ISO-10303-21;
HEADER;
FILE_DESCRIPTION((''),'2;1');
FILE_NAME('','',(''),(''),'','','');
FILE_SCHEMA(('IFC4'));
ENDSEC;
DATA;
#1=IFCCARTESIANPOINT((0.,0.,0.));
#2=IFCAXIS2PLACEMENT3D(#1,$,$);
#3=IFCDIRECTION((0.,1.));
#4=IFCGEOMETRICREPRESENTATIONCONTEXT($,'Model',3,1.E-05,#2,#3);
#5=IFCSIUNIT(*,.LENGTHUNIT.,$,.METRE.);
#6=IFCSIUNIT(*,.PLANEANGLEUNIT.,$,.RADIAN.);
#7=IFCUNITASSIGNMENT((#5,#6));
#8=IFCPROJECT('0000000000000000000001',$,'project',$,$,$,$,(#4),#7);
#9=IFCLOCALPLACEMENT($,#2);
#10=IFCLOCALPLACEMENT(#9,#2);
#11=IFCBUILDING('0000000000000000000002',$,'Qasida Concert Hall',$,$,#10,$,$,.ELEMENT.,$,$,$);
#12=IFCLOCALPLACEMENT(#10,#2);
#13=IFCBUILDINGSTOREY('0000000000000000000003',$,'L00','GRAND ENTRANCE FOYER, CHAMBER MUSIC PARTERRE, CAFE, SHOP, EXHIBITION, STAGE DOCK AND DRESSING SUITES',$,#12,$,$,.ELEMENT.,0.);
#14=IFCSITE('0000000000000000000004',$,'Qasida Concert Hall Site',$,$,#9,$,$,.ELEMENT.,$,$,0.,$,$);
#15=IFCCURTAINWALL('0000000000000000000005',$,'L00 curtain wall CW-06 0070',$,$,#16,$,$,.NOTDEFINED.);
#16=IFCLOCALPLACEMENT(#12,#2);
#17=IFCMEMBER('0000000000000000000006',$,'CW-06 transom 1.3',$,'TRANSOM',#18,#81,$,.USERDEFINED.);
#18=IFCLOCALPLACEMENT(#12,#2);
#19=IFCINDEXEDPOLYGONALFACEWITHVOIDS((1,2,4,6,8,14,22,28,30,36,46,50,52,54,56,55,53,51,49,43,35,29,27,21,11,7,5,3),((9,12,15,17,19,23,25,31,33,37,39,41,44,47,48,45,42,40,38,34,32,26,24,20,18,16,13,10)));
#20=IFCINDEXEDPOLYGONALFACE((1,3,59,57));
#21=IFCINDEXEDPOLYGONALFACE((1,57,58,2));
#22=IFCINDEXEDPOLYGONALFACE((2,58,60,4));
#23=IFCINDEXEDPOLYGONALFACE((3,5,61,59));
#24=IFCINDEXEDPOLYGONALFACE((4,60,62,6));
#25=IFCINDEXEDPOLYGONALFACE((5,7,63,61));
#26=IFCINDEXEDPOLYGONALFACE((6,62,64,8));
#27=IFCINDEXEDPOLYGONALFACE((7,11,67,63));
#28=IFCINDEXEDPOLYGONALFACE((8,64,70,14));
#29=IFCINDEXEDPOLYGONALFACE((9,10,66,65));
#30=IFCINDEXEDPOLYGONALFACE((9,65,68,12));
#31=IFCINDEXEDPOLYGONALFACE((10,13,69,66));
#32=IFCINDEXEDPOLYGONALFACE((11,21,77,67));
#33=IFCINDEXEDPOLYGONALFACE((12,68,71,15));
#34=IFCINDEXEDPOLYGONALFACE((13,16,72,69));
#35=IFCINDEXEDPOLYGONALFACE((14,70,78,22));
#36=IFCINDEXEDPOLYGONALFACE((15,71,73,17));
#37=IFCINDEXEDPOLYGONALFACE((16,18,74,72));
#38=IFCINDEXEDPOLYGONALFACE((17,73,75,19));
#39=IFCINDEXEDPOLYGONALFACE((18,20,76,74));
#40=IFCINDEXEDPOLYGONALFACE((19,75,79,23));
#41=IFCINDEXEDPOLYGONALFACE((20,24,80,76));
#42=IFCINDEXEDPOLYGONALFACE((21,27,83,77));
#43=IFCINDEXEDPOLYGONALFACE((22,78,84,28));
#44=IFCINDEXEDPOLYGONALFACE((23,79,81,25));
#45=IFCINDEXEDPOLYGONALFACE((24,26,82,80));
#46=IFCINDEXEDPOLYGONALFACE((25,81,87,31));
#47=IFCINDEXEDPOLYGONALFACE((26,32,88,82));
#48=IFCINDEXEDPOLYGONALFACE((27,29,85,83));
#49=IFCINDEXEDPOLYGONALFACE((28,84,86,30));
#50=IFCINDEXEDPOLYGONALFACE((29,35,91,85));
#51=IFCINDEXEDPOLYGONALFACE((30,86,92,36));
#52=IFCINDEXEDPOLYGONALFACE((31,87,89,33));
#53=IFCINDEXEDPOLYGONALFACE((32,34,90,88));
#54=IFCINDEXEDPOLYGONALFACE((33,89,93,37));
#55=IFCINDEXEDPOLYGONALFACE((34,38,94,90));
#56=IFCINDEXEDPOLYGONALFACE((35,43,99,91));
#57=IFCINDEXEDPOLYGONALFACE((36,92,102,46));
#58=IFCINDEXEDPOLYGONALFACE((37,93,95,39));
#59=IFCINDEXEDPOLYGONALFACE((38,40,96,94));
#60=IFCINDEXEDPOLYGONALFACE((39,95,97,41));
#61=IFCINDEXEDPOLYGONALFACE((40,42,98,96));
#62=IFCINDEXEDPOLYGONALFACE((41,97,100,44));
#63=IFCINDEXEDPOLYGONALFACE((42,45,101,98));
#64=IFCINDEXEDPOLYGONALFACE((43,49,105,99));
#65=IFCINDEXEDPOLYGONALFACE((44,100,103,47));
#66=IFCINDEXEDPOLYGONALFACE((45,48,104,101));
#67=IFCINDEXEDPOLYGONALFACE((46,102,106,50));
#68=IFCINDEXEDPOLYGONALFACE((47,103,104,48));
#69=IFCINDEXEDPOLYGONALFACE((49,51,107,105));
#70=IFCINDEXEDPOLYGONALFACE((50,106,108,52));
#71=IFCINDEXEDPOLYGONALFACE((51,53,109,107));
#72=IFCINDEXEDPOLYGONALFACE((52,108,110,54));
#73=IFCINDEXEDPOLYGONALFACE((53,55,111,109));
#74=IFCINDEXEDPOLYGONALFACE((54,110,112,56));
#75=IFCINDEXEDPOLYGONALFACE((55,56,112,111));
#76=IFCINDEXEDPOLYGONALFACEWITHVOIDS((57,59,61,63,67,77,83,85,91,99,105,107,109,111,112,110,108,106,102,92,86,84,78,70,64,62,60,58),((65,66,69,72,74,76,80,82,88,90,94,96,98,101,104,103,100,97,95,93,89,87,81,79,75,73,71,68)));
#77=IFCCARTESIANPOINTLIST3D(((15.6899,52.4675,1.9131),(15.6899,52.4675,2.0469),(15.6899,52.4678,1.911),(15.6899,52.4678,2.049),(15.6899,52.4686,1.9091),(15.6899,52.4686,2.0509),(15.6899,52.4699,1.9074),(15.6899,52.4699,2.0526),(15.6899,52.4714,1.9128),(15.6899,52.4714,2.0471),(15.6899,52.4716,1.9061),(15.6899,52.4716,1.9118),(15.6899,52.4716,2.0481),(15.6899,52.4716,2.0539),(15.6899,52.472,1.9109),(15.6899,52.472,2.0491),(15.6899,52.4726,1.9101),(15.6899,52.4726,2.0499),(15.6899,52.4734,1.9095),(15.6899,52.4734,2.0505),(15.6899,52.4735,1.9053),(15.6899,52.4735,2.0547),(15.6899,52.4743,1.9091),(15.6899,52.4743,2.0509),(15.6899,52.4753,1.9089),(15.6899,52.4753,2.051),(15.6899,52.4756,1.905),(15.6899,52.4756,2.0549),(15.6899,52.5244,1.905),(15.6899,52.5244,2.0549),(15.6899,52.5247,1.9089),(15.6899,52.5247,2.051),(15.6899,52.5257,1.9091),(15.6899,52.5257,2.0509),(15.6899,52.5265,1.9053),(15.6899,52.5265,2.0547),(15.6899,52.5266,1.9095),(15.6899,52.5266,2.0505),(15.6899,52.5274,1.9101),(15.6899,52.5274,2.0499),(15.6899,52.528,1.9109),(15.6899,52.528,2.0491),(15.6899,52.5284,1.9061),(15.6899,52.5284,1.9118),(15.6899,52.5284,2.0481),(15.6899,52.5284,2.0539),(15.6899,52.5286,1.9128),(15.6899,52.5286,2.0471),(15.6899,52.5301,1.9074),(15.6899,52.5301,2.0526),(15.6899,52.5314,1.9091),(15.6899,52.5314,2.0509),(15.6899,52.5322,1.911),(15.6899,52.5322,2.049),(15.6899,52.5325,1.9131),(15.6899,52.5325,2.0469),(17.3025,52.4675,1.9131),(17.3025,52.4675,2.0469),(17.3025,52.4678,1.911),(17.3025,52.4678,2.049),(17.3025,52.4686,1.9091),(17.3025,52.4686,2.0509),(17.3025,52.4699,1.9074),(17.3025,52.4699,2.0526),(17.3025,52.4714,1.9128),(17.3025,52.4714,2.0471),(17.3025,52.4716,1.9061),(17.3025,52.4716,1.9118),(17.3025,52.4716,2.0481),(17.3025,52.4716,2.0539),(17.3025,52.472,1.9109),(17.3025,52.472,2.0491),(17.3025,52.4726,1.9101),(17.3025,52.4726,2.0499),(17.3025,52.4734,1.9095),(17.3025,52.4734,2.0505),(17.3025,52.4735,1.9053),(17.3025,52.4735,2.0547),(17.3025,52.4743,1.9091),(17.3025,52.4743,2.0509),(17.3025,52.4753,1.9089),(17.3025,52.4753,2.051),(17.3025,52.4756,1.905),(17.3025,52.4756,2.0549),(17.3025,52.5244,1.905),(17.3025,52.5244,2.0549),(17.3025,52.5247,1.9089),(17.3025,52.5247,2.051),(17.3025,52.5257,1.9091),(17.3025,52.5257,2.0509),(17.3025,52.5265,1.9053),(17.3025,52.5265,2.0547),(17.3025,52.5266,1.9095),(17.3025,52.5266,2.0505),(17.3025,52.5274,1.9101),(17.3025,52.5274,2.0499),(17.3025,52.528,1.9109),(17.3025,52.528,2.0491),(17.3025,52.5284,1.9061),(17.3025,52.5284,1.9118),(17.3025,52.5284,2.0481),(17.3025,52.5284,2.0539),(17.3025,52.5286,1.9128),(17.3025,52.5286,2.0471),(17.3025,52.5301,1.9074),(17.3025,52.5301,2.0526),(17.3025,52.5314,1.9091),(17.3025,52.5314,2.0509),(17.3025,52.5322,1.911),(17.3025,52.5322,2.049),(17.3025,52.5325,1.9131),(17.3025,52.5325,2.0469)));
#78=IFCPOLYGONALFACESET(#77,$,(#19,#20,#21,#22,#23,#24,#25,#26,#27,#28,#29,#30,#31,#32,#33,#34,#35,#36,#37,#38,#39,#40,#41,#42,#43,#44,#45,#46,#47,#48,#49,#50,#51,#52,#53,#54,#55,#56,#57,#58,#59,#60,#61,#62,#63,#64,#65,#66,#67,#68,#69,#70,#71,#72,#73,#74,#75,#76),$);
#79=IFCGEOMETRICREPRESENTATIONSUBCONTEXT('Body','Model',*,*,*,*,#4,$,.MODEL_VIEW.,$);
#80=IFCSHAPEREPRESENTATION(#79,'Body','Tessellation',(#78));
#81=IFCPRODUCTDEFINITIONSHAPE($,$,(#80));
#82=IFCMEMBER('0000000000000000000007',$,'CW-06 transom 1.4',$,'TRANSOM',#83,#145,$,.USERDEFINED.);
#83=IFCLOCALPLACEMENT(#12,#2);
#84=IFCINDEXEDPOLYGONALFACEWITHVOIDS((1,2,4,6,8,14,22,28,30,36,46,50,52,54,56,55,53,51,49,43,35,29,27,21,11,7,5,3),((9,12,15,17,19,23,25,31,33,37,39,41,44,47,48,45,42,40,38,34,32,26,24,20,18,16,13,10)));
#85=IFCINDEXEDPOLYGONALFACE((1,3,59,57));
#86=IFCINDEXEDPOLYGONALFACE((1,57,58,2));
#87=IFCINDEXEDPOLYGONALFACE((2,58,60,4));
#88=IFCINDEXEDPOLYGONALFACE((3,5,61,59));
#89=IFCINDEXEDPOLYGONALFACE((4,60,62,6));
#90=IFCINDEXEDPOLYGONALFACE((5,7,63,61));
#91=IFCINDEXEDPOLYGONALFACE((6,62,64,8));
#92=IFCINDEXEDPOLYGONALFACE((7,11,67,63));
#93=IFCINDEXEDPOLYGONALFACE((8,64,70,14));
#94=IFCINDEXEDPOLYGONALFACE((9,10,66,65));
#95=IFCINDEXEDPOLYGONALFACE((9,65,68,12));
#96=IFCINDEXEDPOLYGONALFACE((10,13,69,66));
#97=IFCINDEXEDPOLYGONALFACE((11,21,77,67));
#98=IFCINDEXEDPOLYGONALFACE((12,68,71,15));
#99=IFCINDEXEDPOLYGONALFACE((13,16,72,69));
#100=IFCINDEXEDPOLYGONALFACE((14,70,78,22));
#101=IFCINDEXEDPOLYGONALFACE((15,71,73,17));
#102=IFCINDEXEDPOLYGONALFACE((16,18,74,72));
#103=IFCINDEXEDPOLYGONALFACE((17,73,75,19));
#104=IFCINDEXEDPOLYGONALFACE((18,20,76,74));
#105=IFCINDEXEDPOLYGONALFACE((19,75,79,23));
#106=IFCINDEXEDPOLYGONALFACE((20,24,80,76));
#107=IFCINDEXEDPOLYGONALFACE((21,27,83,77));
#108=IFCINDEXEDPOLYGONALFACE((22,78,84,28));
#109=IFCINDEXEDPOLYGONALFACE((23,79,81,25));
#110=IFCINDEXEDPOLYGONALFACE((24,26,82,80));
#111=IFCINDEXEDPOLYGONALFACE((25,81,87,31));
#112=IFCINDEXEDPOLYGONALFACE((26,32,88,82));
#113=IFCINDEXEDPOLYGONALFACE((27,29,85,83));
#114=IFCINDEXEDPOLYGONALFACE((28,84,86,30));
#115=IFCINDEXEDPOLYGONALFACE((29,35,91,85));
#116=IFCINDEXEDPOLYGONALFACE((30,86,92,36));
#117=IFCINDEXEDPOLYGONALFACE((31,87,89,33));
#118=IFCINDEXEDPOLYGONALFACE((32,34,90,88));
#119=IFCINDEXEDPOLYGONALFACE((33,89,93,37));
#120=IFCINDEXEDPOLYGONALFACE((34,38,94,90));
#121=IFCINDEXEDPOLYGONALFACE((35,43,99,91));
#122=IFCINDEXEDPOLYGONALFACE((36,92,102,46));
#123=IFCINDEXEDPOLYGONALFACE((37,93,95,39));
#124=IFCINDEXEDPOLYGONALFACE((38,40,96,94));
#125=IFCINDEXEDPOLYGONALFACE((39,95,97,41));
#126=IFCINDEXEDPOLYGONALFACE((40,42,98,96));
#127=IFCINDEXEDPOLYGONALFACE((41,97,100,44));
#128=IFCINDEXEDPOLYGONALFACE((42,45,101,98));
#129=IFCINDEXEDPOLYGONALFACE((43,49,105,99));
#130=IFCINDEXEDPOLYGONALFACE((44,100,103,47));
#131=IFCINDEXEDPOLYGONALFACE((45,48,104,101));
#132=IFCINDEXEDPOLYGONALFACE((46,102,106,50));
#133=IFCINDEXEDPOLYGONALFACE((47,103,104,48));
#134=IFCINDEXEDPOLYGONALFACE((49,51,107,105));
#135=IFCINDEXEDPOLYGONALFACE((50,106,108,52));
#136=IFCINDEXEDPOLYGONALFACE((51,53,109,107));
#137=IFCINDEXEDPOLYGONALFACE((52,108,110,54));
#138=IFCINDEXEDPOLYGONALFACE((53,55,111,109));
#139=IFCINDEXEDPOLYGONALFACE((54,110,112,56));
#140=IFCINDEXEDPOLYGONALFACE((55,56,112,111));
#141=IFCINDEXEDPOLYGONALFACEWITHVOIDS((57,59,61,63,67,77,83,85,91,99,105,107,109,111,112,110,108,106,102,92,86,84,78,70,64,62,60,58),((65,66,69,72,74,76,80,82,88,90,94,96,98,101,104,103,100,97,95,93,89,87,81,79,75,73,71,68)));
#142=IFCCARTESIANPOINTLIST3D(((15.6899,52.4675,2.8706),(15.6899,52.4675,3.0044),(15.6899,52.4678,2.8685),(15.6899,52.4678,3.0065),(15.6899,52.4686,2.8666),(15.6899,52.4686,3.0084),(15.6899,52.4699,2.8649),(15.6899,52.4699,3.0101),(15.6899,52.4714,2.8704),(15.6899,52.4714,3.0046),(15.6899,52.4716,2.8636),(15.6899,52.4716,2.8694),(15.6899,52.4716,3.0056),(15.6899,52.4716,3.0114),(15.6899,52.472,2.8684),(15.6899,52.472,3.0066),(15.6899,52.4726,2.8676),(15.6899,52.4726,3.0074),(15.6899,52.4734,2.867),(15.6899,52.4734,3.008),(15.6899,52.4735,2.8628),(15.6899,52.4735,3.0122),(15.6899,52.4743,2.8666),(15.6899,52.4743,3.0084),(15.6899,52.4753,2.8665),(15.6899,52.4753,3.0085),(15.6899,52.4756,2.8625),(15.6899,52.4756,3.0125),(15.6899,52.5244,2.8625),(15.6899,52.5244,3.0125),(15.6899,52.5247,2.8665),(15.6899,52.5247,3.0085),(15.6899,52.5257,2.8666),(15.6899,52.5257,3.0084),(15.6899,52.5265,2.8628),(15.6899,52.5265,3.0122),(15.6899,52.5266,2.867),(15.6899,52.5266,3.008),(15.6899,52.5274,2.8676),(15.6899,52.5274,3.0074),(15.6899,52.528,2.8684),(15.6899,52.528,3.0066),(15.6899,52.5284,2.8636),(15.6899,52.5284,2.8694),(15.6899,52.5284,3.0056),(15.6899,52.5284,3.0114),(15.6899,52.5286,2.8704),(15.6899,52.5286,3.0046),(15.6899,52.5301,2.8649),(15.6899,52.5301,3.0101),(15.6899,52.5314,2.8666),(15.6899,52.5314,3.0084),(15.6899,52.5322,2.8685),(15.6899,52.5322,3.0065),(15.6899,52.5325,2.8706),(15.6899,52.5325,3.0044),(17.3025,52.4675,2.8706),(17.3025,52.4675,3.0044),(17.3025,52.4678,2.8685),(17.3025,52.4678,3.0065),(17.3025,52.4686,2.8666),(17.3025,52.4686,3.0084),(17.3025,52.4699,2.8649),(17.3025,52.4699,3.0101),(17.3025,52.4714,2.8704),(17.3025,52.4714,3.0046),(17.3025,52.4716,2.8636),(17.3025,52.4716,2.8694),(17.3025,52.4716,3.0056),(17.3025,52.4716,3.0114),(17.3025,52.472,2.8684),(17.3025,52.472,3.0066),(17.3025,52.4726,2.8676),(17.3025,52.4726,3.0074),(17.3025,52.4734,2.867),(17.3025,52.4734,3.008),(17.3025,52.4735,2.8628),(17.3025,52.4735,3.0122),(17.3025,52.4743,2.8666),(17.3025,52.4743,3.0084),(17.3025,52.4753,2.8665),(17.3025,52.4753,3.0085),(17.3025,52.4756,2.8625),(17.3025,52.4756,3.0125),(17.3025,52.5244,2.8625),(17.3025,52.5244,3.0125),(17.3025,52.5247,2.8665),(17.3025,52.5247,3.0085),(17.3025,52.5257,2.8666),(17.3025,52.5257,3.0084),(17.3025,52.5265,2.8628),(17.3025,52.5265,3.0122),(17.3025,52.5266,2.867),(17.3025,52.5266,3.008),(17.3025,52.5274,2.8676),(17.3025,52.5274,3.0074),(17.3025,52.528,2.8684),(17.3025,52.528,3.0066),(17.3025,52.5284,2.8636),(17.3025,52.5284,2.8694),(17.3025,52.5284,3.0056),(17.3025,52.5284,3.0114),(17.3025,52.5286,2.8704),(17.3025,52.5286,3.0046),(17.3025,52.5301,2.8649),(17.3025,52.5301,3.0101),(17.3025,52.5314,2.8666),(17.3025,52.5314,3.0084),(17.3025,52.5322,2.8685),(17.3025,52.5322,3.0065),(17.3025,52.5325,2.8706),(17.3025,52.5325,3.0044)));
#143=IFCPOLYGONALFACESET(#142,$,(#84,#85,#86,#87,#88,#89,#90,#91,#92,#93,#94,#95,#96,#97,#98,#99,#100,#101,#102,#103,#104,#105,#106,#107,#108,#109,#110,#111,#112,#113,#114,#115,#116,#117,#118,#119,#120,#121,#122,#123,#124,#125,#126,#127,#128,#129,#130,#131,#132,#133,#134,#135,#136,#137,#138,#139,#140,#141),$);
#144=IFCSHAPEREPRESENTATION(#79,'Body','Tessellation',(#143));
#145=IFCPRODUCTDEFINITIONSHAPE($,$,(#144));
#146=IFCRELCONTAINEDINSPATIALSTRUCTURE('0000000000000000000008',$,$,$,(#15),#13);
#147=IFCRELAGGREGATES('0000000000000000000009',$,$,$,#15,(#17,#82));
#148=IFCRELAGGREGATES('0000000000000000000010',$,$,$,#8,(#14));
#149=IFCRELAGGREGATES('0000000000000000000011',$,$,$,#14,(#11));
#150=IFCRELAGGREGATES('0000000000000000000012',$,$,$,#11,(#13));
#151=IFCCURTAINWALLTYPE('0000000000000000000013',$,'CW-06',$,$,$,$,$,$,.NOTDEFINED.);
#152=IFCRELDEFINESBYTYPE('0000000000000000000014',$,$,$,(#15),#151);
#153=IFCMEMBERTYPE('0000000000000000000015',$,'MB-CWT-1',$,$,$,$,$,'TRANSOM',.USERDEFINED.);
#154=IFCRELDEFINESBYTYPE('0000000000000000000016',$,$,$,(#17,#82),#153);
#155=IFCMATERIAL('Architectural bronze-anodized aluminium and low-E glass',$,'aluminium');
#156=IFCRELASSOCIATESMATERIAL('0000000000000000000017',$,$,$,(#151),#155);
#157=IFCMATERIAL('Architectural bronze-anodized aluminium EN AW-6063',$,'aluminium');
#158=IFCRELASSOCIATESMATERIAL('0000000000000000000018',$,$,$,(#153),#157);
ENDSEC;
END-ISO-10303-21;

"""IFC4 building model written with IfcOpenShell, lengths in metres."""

from ifc_helpers import new_model, si_unit, direction, frame, origin, origin_2d, place, context, subcontext, project, spatial, hollow_rectangle, extrude, material, material_profile, profile_set, type_object, element, aggregate, save


model = new_model("IFC4")

# Units and contexts
model_context = context("Model", 3, precision=1e-05, world=origin(), true_north=direction((0.0, 1.0)))
body_context = subcontext(model_context, "Body", "Model", "MODEL_VIEW")
ifc_project = project(units=[si_unit("LENGTHUNIT", "METRE"), si_unit("PLANEANGLEUNIT", "RADIAN")], contexts=[model_context])

# Site, building, storey
site_placement = place(None, origin())
site = spatial("IfcSite", under=ifc_project, at=site_placement, Name="Qasida Concert Hall Site", CompositionType="ELEMENT", RefElevation=0.0)
building_placement = place(site_placement, origin())
building = spatial("IfcBuilding", under=site, at=building_placement, Name="Qasida Concert Hall", CompositionType="ELEMENT")
storey_placement = place(building_placement, origin())
storey = spatial("IfcBuildingStorey", under=building, at=storey_placement, Name="L00", Description="GRAND ENTRANCE FOYER, CHAMBER MUSIC PARTERRE, CAFE, SHOP, EXHIBITION, STAGE DOCK AND DRESSING SUITES", CompositionType="ELEMENT", Elevation=0.0)

# Curtain wall
ifc_material_1 = material(Name="Architectural bronze-anodized aluminium and low-E glass", Category="aluminium")
curtain_wall_type = type_object("IfcCurtainWallType", Name="CW-06", PredefinedType="NOTDEFINED", material=ifc_material_1)
ifc_material_2 = material(Name="Architectural bronze-anodized aluminium EN AW-6063", Category="aluminium")
curtain_wall_1_placement = place(storey_placement, origin())
curtain_wall_1 = element("IfcCurtainWall", 1, at=curtain_wall_1_placement, inside=storey, type_object=curtain_wall_type, Name="L00 curtain wall CW-06 0070", PredefinedType="NOTDEFINED")

# Members
ifc_material_profile_1 = material_profile(ifc_material_2, hollow_rectangle(XDim=0.0649, YDim=0.1499, WallThickness=0.0039, InnerFilletRadius=0.0039, OuterFilletRadius=0.0081, at=origin_2d()), Name="CWT 150x65x4")
ifc_profile_set_1 = profile_set([ifc_material_profile_1], Name="Architectural bronze-anodized aluminium EN AW-6063")
member_type_1 = type_object("IfcMemberType", Name="MB-CWT-1", ElementType="TRANSOM", PredefinedType="USERDEFINED", material=ifc_profile_set_1)
member_1_placement = place(storey_placement, frame((15.6899, 52.5, 1.98), z_axis=(1.0, 0.0, 0.0), x_axis=(0.0, 1.0, 0.0)))
member_1 = element("IfcMember", 2, at=member_1_placement, type_object=member_type_1, Name="CW-06 transom 1.3", ObjectType="TRANSOM", PredefinedType="USERDEFINED", context=body_context, shape_type="SweptSolid", body=[
    extrude(hollow_rectangle(XDim=0.0649, YDim=0.1499, WallThickness=0.0039, InnerFilletRadius=0.0039, OuterFilletRadius=0.0081, at=origin_2d()), origin(), (0.0, 0.0, 1.0), 1.6125),
])
member_2_placement = place(storey_placement, frame((15.6899, 52.5, 2.9375), z_axis=(1.0, 0.0, 0.0), x_axis=(0.0, 1.0, 0.0)))
member_2 = element("IfcMember", 3, at=member_2_placement, type_object=member_type_1, Name="CW-06 transom 1.4", ObjectType="TRANSOM", PredefinedType="USERDEFINED", context=body_context, shape_type="SweptSolid", body=[
    extrude(hollow_rectangle(XDim=0.0649, YDim=0.1499, WallThickness=0.0039, InnerFilletRadius=0.0039, OuterFilletRadius=0.0081, at=origin_2d()), origin(), (0.0, 0.0, 1.0), 1.6125),
])

aggregate(curtain_wall_1, [member_1, member_2])

save(model, "model.ifc")
